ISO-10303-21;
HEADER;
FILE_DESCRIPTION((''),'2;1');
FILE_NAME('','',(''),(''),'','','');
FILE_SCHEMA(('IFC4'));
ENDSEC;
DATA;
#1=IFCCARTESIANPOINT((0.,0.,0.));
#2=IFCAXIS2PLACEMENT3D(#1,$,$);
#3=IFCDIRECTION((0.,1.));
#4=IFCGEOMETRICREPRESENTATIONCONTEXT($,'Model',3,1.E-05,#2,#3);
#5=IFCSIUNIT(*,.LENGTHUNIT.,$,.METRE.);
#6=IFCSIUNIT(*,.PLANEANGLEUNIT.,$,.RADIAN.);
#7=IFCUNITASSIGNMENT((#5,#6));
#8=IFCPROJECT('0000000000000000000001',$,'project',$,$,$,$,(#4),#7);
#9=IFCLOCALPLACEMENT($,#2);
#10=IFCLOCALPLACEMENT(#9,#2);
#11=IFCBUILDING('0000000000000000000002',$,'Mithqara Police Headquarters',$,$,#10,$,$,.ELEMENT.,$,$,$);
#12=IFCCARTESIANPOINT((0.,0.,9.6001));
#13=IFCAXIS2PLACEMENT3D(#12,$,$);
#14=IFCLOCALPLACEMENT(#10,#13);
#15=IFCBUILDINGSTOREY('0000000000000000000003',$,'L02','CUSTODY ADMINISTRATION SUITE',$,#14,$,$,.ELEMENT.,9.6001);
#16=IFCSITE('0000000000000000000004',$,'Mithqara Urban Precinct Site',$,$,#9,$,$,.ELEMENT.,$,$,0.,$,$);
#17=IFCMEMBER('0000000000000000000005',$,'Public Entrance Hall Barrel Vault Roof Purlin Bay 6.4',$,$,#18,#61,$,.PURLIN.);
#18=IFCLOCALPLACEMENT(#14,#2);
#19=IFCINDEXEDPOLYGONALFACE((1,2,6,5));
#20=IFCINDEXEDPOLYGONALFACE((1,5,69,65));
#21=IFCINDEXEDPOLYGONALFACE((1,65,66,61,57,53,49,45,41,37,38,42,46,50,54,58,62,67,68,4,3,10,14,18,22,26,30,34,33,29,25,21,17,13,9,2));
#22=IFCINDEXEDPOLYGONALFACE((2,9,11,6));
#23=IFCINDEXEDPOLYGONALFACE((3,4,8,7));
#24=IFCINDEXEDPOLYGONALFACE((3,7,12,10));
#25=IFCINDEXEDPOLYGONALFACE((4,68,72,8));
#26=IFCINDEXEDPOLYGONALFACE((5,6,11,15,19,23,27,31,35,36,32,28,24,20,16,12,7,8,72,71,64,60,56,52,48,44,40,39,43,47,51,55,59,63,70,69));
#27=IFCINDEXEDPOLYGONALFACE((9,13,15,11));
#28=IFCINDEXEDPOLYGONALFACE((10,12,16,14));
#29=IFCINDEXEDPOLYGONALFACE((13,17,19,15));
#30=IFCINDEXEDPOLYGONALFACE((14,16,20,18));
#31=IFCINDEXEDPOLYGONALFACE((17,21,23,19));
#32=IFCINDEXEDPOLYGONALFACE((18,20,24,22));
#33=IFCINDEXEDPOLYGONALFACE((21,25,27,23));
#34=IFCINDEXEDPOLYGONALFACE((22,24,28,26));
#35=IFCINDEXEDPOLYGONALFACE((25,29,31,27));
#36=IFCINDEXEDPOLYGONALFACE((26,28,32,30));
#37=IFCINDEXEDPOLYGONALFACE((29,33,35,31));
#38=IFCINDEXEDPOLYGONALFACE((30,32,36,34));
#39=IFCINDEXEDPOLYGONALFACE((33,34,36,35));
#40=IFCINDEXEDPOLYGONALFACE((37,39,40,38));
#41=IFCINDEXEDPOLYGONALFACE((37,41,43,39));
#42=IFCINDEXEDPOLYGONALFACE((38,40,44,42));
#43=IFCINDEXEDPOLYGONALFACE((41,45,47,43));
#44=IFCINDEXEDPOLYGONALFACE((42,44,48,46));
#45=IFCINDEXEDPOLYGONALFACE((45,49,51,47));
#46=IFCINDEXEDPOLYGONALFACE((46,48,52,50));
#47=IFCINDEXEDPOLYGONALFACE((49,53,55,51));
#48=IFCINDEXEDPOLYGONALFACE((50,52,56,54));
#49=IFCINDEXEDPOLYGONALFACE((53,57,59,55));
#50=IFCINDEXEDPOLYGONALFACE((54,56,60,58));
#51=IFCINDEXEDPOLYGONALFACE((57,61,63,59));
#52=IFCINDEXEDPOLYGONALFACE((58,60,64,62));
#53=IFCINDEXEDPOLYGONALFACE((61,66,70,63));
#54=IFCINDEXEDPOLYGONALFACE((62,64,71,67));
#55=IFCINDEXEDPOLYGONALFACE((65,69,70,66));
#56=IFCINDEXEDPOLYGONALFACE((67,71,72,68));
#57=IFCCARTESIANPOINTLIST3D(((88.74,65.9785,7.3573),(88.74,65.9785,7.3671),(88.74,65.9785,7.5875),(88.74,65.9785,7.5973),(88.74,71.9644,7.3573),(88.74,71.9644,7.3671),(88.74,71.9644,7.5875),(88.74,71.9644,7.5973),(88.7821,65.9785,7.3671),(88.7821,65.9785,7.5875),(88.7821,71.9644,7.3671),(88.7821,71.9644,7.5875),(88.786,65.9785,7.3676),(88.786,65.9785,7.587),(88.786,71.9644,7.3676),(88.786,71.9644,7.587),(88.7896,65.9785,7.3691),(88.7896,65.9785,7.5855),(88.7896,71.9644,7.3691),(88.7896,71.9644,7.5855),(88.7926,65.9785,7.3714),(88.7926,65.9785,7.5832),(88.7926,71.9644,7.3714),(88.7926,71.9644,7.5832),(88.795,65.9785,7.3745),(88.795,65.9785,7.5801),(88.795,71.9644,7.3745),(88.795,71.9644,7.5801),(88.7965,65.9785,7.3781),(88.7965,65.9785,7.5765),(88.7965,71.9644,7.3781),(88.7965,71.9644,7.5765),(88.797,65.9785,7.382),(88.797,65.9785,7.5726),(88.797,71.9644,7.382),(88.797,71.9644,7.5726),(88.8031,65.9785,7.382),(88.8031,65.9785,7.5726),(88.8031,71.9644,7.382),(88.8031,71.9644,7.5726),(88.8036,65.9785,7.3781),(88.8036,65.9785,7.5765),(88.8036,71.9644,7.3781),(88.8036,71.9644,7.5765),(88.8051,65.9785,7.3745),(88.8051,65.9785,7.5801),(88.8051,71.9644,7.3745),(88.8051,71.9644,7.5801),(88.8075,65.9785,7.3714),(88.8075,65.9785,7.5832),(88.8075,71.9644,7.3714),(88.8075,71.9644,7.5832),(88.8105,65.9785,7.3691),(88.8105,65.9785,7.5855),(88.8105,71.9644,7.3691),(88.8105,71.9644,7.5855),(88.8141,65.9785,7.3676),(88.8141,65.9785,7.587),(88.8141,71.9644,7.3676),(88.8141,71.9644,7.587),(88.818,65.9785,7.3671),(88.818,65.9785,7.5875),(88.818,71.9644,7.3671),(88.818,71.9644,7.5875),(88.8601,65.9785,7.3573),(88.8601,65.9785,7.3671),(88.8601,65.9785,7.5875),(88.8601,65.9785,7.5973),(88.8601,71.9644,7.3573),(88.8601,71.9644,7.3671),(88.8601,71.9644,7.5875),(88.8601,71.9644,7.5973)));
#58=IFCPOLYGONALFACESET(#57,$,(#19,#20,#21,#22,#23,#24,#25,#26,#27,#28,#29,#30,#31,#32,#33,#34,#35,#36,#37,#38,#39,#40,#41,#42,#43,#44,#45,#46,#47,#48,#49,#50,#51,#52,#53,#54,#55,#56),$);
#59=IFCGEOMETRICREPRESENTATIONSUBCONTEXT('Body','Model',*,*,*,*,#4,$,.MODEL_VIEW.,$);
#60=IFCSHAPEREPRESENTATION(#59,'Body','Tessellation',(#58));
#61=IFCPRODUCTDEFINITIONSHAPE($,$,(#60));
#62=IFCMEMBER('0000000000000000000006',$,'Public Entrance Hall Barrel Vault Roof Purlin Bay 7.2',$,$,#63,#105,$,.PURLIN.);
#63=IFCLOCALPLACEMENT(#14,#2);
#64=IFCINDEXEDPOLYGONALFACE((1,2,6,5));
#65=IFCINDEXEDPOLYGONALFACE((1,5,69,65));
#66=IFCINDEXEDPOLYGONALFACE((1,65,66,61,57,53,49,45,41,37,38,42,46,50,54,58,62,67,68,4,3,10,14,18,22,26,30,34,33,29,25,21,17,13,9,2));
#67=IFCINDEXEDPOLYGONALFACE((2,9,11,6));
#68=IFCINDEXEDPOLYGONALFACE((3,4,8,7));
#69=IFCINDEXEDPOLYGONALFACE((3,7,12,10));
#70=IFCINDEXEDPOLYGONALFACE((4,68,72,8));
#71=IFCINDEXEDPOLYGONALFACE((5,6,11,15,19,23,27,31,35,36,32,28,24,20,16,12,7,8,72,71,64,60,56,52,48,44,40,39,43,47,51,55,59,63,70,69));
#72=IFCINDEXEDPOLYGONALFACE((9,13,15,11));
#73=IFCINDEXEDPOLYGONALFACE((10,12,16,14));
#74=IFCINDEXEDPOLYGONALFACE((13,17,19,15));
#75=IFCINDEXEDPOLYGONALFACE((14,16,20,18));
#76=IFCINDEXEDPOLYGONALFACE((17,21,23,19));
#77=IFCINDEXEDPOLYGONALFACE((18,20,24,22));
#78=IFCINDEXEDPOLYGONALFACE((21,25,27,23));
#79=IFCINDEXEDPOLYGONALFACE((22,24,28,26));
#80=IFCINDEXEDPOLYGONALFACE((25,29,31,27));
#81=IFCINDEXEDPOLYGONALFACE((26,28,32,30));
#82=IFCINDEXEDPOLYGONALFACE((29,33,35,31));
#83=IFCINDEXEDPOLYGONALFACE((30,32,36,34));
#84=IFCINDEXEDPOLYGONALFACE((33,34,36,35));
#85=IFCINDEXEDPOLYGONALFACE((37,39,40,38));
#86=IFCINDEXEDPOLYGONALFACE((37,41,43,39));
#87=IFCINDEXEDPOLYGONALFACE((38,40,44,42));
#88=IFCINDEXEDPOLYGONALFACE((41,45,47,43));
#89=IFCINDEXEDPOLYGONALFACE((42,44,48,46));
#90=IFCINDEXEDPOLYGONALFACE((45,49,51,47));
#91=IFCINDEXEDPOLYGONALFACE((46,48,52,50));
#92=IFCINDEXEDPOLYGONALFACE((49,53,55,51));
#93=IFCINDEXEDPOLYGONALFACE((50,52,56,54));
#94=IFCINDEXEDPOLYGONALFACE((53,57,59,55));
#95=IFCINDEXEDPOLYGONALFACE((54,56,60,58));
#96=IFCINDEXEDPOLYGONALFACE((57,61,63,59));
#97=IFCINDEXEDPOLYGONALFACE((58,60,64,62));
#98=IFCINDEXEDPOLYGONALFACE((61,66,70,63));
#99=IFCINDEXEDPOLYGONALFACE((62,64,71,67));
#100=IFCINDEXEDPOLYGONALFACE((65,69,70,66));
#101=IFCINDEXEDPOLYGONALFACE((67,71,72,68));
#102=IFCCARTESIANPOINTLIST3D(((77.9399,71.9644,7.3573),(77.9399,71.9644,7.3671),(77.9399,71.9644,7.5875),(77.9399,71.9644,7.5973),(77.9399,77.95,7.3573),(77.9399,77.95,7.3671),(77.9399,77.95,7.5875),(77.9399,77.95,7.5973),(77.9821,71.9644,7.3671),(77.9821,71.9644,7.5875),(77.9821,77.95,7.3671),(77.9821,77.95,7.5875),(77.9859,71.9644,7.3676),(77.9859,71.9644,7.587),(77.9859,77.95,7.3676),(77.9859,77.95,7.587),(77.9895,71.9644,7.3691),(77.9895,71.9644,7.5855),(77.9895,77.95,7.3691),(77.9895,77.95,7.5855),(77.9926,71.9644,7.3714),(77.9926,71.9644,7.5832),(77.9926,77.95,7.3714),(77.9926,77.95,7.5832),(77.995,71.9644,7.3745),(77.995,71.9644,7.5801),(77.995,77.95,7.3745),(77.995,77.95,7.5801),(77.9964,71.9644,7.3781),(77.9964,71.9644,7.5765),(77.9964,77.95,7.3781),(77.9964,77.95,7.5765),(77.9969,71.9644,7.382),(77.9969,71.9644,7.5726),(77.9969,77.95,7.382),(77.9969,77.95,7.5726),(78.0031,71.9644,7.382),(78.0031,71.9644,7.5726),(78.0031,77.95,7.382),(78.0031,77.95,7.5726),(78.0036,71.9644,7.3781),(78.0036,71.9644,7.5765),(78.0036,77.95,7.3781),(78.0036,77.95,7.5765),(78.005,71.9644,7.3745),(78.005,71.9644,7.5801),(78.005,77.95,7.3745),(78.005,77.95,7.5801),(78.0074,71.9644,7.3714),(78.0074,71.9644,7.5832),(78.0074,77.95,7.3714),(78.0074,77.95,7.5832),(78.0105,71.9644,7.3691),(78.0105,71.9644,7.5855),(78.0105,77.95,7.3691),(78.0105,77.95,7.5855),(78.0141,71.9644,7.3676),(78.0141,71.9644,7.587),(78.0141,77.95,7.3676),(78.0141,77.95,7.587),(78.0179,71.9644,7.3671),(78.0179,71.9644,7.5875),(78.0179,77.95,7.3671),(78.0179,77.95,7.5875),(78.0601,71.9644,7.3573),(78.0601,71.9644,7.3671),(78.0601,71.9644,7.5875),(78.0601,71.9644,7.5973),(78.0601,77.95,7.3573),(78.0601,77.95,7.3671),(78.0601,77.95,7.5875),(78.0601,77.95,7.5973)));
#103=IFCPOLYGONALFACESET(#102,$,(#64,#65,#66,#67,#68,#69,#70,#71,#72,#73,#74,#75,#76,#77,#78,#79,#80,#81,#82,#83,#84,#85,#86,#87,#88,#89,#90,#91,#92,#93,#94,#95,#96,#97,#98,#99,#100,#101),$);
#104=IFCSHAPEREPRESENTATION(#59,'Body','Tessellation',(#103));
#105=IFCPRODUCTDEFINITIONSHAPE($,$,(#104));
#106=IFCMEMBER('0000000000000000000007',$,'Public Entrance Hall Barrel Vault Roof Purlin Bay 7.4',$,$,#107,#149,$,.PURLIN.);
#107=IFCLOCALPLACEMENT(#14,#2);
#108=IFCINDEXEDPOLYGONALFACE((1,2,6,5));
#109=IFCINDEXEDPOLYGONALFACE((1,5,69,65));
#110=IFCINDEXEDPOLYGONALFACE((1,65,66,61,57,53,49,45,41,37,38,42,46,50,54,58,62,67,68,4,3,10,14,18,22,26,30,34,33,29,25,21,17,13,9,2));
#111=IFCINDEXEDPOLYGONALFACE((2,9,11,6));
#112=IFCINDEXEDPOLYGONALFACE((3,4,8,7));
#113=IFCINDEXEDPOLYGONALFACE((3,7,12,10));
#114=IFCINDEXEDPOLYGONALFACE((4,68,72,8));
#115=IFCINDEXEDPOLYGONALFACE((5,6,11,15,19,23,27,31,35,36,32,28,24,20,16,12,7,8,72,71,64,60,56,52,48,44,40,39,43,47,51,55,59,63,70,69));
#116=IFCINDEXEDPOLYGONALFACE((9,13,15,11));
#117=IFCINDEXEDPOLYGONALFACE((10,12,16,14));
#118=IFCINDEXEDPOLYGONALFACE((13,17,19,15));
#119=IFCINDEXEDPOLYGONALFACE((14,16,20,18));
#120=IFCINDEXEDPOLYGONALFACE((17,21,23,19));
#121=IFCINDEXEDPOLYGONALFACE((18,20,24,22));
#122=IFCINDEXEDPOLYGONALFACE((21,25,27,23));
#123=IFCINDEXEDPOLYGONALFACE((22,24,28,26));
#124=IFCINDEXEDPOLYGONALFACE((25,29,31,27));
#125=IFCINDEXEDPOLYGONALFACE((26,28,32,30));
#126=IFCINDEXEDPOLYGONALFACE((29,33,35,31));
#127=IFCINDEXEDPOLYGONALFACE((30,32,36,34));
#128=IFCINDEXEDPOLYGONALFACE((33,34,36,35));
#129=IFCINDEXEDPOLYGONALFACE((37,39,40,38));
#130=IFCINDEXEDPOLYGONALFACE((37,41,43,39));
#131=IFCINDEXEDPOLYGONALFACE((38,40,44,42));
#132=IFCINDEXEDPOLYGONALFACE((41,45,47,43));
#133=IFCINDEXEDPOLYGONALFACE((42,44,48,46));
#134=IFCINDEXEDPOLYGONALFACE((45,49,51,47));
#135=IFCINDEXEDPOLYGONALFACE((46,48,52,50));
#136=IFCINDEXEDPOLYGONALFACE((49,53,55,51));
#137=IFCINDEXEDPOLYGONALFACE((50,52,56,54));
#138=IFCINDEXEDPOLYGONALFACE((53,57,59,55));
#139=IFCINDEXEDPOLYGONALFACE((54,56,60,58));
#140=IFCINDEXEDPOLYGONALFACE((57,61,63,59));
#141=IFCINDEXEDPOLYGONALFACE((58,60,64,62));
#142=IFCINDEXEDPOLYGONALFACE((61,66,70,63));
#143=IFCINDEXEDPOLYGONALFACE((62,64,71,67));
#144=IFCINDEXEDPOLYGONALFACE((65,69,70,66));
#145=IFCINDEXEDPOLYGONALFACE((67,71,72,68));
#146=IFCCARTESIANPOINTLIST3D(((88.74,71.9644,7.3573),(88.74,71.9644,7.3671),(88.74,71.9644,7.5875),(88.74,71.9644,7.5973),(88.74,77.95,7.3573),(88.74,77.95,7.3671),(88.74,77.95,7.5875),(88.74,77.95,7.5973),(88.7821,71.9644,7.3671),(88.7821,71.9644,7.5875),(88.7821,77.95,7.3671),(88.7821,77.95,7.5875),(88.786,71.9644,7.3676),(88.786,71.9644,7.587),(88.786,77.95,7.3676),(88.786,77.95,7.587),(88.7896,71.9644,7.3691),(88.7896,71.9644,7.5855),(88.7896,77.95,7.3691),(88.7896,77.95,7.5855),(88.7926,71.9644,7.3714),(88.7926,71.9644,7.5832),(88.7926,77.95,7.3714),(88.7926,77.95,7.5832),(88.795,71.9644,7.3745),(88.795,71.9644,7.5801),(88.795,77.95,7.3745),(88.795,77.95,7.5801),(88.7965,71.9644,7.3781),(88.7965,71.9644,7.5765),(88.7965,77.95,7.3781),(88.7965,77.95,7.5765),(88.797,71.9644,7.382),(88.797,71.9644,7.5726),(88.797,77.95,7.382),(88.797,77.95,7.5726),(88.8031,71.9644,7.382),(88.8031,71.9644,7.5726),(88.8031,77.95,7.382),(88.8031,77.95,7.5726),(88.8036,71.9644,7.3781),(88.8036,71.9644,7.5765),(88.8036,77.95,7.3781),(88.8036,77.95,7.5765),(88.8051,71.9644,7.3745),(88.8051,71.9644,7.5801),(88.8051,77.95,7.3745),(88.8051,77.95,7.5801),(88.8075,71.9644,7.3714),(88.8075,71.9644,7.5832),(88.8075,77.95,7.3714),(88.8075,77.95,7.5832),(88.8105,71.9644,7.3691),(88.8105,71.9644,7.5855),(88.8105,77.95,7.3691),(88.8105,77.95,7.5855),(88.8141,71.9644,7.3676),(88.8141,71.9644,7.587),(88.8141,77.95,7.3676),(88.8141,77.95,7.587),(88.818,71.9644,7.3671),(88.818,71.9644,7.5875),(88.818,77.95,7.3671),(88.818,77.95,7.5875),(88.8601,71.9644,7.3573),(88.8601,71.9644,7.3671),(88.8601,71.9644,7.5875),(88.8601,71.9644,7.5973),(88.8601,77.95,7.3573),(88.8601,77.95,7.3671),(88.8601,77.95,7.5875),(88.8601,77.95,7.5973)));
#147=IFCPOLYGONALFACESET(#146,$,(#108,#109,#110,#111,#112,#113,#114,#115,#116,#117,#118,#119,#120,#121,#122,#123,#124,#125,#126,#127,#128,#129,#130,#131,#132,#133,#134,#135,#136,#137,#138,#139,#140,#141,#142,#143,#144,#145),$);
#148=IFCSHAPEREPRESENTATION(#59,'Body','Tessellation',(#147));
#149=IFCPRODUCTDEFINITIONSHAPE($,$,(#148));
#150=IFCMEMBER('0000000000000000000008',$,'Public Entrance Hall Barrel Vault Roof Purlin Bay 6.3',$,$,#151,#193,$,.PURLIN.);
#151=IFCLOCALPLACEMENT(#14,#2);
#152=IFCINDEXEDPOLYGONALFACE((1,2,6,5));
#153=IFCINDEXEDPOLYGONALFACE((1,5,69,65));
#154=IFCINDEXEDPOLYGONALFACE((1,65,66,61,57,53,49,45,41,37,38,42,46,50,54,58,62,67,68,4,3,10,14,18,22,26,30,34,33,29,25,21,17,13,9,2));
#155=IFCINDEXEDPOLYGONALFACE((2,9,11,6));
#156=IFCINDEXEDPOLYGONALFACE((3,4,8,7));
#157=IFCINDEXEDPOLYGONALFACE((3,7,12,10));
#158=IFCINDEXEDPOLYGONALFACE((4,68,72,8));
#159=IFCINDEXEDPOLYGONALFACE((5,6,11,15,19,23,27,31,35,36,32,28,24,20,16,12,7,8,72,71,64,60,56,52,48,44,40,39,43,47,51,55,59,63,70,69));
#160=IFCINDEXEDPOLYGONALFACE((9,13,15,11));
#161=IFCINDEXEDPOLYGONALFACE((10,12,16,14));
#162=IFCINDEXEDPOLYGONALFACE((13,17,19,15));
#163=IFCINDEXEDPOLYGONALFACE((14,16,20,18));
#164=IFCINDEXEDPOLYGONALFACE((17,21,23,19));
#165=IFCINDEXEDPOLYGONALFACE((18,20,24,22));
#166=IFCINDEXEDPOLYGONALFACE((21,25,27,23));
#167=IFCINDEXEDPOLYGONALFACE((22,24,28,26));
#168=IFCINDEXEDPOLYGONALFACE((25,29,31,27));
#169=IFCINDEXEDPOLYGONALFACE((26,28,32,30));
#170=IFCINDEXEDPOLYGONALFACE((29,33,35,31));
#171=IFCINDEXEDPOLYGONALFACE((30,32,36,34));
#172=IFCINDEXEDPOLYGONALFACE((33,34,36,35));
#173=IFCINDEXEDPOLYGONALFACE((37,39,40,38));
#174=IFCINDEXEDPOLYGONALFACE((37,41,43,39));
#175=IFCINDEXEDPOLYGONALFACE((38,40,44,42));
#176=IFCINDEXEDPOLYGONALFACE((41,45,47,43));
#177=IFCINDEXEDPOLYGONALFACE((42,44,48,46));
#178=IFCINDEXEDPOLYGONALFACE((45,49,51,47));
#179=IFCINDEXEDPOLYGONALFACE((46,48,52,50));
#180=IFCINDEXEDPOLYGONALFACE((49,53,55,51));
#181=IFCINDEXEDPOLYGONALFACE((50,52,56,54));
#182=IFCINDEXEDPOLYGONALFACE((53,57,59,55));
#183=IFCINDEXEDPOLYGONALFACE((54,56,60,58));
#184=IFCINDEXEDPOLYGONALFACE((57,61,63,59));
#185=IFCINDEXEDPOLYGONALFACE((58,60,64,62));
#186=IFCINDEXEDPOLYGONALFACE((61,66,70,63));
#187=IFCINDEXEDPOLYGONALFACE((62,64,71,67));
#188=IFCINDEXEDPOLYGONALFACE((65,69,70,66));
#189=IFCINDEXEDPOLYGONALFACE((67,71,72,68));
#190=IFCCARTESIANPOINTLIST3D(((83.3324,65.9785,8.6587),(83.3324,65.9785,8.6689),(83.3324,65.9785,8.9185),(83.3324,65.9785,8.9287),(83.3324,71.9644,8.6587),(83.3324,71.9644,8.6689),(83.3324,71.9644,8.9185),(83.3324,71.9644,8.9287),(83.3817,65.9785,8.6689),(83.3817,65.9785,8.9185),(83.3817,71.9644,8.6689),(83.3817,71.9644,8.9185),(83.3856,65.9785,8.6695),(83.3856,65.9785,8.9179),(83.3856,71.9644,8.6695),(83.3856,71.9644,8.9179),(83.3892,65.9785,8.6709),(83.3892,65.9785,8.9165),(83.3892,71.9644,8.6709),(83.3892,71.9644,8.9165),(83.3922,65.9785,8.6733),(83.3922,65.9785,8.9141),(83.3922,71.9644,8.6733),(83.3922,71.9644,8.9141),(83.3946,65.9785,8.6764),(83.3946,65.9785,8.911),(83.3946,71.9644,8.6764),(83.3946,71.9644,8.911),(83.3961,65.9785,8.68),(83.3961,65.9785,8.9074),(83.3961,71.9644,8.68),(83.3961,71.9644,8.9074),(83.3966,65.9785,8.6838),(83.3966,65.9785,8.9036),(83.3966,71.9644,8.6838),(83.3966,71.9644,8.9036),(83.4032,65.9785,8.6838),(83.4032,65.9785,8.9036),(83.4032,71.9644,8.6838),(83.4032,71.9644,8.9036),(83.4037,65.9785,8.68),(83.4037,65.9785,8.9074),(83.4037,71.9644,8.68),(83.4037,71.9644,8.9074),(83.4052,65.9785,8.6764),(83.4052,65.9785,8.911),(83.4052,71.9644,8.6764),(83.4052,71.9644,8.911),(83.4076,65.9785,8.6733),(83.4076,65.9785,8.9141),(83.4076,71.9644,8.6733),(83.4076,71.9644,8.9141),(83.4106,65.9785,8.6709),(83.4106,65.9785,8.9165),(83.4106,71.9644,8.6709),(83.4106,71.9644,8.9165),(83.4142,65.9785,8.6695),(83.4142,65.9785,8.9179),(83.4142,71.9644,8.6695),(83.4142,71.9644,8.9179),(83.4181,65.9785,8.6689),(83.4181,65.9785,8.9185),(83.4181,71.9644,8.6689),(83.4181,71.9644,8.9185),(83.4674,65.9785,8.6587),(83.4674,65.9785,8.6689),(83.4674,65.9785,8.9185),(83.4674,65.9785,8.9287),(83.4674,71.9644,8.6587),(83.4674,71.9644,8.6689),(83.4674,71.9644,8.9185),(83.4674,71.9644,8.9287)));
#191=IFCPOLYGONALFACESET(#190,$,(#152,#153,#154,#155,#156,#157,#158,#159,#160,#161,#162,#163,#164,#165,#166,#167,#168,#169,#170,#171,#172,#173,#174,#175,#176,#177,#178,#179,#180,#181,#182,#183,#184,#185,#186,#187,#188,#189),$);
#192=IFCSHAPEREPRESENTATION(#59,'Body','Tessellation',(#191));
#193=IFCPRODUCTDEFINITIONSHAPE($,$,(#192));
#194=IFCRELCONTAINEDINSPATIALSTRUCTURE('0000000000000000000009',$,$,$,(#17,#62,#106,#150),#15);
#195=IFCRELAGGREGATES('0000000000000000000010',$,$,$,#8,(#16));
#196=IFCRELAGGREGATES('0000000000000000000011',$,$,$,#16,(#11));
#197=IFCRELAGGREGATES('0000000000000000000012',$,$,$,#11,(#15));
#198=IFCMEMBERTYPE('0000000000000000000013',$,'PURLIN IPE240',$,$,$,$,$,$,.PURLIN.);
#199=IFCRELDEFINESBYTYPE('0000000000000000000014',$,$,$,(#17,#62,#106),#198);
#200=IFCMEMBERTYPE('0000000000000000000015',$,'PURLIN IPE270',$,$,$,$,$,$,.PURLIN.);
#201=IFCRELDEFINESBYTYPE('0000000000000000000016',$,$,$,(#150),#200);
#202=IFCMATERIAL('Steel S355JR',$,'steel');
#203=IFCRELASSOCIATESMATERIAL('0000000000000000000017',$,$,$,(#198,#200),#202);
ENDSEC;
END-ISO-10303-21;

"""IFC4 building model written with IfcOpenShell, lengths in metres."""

from ifc_helpers import new_model, si_unit, direction, frame, origin, origin_2d, place, context, subcontext, project, spatial, i_section, extrude, material, material_profile, profile_set, type_object, element, save


model = new_model("IFC4")

# Units and contexts
model_context = context("Model", 3, precision=1e-05, world=origin(), true_north=direction((0.0, 1.0)))
body_context = subcontext(model_context, "Body", "Model", "MODEL_VIEW")
ifc_project = project(units=[si_unit("LENGTHUNIT", "METRE"), si_unit("PLANEANGLEUNIT", "RADIAN")], contexts=[model_context])

# Site, building, storey
site_placement = place(None, origin())
site = spatial("IfcSite", under=ifc_project, at=site_placement, Name="Mithqara Urban Precinct Site", CompositionType="ELEMENT", RefElevation=0.0)
building_placement = place(site_placement, origin())
building = spatial("IfcBuilding", under=site, at=building_placement, Name="Mithqara Police Headquarters", CompositionType="ELEMENT")
storey_placement = place(building_placement, frame((0.0, 0.0, 9.6001)))
storey = spatial("IfcBuildingStorey", under=building, at=storey_placement, Name="L02", Description="CUSTODY ADMINISTRATION SUITE", CompositionType="ELEMENT", Elevation=9.6001)

# Shared definitions
ifc_material_1 = material(Name="Steel S355JR", Category="steel")

# Members
ifc_material_profile_1 = material_profile(ifc_material_1, i_section(OverallWidth=0.1201, OverallDepth=0.24, WebThickness=0.0061, FlangeThickness=0.0098, FilletRadius=0.0149, at=origin_2d()), Name="IPE 240")
ifc_profile_set_1 = profile_set([ifc_material_profile_1], Name="Steel S355JR")
member_type_1 = type_object("IfcMemberType", Name="PURLIN IPE240", PredefinedType="PURLIN", material=ifc_profile_set_1)
for number, where, z_axis, x_axis, name in (
    (1, (88.8, 65.9785, 7.4773), (0.0, 1.0, 0.0), (-1.0, 0.0, 0.0), "Public Entrance Hall Barrel Vault Roof Purlin Bay 6.4"),
):
    element("IfcMember", number, at=place(storey_placement, frame(where, z_axis=z_axis, x_axis=x_axis)), inside=storey, type_object=member_type_1, Name=name, PredefinedType="PURLIN", context=body_context, shape_type="SweptSolid", body=[
        extrude(i_section(OverallWidth=0.1201, OverallDepth=0.24, WebThickness=0.0061, FlangeThickness=0.0098, FilletRadius=0.0149, at=origin_2d()), origin(), (0.0, 0.0, 1.0), 5.9858),
    ])
for number, where, z_axis, x_axis, name in (
    (2, (78.0, 71.9644, 7.4773), (0.0, 1.0, 0.0), (-1.0, 0.0, 0.0), "Public Entrance Hall Barrel Vault Roof Purlin Bay 7.2"),
    (3, (88.8, 71.9644, 7.4773), (0.0, 1.0, 0.0), (-1.0, 0.0, 0.0), "Public Entrance Hall Barrel Vault Roof Purlin Bay 7.4"),
):
    element("IfcMember", number, at=place(storey_placement, frame(where, z_axis=z_axis, x_axis=x_axis)), inside=storey, type_object=member_type_1, Name=name, PredefinedType="PURLIN", context=body_context, shape_type="SweptSolid", body=[
        extrude(i_section(OverallWidth=0.1201, OverallDepth=0.24, WebThickness=0.0061, FlangeThickness=0.0098, FilletRadius=0.0149, at=origin_2d()), origin(), (0.0, 0.0, 1.0), 5.9856),
    ])
ifc_material_profile_2 = material_profile(ifc_material_1, i_section(OverallWidth=0.135, OverallDepth=0.27, WebThickness=0.0066, FlangeThickness=0.0103, FilletRadius=0.0149, at=origin_2d()), Name="IPE 270")
ifc_profile_set_2 = profile_set([ifc_material_profile_2], Name="Steel S355JR")
member_type_2 = type_object("IfcMemberType", Name="PURLIN IPE270", PredefinedType="PURLIN", material=ifc_profile_set_2)
member_1_placement = place(storey_placement, frame((83.3999, 65.9785, 8.7937), z_axis=(0.0, 1.0, 0.0), x_axis=(-1.0, 0.0, 0.0)))
element("IfcMember", 4, at=member_1_placement, inside=storey, type_object=member_type_2, Name="Public Entrance Hall Barrel Vault Roof Purlin Bay 6.3", PredefinedType="PURLIN", context=body_context, shape_type="SweptSolid", body=[
    extrude(i_section(OverallWidth=0.135, OverallDepth=0.27, WebThickness=0.0066, FlangeThickness=0.0103, FilletRadius=0.0149, at=origin_2d()), origin(), (0.0, 0.0, 1.0), 5.9858),
])

save(model, "model.ifc")
